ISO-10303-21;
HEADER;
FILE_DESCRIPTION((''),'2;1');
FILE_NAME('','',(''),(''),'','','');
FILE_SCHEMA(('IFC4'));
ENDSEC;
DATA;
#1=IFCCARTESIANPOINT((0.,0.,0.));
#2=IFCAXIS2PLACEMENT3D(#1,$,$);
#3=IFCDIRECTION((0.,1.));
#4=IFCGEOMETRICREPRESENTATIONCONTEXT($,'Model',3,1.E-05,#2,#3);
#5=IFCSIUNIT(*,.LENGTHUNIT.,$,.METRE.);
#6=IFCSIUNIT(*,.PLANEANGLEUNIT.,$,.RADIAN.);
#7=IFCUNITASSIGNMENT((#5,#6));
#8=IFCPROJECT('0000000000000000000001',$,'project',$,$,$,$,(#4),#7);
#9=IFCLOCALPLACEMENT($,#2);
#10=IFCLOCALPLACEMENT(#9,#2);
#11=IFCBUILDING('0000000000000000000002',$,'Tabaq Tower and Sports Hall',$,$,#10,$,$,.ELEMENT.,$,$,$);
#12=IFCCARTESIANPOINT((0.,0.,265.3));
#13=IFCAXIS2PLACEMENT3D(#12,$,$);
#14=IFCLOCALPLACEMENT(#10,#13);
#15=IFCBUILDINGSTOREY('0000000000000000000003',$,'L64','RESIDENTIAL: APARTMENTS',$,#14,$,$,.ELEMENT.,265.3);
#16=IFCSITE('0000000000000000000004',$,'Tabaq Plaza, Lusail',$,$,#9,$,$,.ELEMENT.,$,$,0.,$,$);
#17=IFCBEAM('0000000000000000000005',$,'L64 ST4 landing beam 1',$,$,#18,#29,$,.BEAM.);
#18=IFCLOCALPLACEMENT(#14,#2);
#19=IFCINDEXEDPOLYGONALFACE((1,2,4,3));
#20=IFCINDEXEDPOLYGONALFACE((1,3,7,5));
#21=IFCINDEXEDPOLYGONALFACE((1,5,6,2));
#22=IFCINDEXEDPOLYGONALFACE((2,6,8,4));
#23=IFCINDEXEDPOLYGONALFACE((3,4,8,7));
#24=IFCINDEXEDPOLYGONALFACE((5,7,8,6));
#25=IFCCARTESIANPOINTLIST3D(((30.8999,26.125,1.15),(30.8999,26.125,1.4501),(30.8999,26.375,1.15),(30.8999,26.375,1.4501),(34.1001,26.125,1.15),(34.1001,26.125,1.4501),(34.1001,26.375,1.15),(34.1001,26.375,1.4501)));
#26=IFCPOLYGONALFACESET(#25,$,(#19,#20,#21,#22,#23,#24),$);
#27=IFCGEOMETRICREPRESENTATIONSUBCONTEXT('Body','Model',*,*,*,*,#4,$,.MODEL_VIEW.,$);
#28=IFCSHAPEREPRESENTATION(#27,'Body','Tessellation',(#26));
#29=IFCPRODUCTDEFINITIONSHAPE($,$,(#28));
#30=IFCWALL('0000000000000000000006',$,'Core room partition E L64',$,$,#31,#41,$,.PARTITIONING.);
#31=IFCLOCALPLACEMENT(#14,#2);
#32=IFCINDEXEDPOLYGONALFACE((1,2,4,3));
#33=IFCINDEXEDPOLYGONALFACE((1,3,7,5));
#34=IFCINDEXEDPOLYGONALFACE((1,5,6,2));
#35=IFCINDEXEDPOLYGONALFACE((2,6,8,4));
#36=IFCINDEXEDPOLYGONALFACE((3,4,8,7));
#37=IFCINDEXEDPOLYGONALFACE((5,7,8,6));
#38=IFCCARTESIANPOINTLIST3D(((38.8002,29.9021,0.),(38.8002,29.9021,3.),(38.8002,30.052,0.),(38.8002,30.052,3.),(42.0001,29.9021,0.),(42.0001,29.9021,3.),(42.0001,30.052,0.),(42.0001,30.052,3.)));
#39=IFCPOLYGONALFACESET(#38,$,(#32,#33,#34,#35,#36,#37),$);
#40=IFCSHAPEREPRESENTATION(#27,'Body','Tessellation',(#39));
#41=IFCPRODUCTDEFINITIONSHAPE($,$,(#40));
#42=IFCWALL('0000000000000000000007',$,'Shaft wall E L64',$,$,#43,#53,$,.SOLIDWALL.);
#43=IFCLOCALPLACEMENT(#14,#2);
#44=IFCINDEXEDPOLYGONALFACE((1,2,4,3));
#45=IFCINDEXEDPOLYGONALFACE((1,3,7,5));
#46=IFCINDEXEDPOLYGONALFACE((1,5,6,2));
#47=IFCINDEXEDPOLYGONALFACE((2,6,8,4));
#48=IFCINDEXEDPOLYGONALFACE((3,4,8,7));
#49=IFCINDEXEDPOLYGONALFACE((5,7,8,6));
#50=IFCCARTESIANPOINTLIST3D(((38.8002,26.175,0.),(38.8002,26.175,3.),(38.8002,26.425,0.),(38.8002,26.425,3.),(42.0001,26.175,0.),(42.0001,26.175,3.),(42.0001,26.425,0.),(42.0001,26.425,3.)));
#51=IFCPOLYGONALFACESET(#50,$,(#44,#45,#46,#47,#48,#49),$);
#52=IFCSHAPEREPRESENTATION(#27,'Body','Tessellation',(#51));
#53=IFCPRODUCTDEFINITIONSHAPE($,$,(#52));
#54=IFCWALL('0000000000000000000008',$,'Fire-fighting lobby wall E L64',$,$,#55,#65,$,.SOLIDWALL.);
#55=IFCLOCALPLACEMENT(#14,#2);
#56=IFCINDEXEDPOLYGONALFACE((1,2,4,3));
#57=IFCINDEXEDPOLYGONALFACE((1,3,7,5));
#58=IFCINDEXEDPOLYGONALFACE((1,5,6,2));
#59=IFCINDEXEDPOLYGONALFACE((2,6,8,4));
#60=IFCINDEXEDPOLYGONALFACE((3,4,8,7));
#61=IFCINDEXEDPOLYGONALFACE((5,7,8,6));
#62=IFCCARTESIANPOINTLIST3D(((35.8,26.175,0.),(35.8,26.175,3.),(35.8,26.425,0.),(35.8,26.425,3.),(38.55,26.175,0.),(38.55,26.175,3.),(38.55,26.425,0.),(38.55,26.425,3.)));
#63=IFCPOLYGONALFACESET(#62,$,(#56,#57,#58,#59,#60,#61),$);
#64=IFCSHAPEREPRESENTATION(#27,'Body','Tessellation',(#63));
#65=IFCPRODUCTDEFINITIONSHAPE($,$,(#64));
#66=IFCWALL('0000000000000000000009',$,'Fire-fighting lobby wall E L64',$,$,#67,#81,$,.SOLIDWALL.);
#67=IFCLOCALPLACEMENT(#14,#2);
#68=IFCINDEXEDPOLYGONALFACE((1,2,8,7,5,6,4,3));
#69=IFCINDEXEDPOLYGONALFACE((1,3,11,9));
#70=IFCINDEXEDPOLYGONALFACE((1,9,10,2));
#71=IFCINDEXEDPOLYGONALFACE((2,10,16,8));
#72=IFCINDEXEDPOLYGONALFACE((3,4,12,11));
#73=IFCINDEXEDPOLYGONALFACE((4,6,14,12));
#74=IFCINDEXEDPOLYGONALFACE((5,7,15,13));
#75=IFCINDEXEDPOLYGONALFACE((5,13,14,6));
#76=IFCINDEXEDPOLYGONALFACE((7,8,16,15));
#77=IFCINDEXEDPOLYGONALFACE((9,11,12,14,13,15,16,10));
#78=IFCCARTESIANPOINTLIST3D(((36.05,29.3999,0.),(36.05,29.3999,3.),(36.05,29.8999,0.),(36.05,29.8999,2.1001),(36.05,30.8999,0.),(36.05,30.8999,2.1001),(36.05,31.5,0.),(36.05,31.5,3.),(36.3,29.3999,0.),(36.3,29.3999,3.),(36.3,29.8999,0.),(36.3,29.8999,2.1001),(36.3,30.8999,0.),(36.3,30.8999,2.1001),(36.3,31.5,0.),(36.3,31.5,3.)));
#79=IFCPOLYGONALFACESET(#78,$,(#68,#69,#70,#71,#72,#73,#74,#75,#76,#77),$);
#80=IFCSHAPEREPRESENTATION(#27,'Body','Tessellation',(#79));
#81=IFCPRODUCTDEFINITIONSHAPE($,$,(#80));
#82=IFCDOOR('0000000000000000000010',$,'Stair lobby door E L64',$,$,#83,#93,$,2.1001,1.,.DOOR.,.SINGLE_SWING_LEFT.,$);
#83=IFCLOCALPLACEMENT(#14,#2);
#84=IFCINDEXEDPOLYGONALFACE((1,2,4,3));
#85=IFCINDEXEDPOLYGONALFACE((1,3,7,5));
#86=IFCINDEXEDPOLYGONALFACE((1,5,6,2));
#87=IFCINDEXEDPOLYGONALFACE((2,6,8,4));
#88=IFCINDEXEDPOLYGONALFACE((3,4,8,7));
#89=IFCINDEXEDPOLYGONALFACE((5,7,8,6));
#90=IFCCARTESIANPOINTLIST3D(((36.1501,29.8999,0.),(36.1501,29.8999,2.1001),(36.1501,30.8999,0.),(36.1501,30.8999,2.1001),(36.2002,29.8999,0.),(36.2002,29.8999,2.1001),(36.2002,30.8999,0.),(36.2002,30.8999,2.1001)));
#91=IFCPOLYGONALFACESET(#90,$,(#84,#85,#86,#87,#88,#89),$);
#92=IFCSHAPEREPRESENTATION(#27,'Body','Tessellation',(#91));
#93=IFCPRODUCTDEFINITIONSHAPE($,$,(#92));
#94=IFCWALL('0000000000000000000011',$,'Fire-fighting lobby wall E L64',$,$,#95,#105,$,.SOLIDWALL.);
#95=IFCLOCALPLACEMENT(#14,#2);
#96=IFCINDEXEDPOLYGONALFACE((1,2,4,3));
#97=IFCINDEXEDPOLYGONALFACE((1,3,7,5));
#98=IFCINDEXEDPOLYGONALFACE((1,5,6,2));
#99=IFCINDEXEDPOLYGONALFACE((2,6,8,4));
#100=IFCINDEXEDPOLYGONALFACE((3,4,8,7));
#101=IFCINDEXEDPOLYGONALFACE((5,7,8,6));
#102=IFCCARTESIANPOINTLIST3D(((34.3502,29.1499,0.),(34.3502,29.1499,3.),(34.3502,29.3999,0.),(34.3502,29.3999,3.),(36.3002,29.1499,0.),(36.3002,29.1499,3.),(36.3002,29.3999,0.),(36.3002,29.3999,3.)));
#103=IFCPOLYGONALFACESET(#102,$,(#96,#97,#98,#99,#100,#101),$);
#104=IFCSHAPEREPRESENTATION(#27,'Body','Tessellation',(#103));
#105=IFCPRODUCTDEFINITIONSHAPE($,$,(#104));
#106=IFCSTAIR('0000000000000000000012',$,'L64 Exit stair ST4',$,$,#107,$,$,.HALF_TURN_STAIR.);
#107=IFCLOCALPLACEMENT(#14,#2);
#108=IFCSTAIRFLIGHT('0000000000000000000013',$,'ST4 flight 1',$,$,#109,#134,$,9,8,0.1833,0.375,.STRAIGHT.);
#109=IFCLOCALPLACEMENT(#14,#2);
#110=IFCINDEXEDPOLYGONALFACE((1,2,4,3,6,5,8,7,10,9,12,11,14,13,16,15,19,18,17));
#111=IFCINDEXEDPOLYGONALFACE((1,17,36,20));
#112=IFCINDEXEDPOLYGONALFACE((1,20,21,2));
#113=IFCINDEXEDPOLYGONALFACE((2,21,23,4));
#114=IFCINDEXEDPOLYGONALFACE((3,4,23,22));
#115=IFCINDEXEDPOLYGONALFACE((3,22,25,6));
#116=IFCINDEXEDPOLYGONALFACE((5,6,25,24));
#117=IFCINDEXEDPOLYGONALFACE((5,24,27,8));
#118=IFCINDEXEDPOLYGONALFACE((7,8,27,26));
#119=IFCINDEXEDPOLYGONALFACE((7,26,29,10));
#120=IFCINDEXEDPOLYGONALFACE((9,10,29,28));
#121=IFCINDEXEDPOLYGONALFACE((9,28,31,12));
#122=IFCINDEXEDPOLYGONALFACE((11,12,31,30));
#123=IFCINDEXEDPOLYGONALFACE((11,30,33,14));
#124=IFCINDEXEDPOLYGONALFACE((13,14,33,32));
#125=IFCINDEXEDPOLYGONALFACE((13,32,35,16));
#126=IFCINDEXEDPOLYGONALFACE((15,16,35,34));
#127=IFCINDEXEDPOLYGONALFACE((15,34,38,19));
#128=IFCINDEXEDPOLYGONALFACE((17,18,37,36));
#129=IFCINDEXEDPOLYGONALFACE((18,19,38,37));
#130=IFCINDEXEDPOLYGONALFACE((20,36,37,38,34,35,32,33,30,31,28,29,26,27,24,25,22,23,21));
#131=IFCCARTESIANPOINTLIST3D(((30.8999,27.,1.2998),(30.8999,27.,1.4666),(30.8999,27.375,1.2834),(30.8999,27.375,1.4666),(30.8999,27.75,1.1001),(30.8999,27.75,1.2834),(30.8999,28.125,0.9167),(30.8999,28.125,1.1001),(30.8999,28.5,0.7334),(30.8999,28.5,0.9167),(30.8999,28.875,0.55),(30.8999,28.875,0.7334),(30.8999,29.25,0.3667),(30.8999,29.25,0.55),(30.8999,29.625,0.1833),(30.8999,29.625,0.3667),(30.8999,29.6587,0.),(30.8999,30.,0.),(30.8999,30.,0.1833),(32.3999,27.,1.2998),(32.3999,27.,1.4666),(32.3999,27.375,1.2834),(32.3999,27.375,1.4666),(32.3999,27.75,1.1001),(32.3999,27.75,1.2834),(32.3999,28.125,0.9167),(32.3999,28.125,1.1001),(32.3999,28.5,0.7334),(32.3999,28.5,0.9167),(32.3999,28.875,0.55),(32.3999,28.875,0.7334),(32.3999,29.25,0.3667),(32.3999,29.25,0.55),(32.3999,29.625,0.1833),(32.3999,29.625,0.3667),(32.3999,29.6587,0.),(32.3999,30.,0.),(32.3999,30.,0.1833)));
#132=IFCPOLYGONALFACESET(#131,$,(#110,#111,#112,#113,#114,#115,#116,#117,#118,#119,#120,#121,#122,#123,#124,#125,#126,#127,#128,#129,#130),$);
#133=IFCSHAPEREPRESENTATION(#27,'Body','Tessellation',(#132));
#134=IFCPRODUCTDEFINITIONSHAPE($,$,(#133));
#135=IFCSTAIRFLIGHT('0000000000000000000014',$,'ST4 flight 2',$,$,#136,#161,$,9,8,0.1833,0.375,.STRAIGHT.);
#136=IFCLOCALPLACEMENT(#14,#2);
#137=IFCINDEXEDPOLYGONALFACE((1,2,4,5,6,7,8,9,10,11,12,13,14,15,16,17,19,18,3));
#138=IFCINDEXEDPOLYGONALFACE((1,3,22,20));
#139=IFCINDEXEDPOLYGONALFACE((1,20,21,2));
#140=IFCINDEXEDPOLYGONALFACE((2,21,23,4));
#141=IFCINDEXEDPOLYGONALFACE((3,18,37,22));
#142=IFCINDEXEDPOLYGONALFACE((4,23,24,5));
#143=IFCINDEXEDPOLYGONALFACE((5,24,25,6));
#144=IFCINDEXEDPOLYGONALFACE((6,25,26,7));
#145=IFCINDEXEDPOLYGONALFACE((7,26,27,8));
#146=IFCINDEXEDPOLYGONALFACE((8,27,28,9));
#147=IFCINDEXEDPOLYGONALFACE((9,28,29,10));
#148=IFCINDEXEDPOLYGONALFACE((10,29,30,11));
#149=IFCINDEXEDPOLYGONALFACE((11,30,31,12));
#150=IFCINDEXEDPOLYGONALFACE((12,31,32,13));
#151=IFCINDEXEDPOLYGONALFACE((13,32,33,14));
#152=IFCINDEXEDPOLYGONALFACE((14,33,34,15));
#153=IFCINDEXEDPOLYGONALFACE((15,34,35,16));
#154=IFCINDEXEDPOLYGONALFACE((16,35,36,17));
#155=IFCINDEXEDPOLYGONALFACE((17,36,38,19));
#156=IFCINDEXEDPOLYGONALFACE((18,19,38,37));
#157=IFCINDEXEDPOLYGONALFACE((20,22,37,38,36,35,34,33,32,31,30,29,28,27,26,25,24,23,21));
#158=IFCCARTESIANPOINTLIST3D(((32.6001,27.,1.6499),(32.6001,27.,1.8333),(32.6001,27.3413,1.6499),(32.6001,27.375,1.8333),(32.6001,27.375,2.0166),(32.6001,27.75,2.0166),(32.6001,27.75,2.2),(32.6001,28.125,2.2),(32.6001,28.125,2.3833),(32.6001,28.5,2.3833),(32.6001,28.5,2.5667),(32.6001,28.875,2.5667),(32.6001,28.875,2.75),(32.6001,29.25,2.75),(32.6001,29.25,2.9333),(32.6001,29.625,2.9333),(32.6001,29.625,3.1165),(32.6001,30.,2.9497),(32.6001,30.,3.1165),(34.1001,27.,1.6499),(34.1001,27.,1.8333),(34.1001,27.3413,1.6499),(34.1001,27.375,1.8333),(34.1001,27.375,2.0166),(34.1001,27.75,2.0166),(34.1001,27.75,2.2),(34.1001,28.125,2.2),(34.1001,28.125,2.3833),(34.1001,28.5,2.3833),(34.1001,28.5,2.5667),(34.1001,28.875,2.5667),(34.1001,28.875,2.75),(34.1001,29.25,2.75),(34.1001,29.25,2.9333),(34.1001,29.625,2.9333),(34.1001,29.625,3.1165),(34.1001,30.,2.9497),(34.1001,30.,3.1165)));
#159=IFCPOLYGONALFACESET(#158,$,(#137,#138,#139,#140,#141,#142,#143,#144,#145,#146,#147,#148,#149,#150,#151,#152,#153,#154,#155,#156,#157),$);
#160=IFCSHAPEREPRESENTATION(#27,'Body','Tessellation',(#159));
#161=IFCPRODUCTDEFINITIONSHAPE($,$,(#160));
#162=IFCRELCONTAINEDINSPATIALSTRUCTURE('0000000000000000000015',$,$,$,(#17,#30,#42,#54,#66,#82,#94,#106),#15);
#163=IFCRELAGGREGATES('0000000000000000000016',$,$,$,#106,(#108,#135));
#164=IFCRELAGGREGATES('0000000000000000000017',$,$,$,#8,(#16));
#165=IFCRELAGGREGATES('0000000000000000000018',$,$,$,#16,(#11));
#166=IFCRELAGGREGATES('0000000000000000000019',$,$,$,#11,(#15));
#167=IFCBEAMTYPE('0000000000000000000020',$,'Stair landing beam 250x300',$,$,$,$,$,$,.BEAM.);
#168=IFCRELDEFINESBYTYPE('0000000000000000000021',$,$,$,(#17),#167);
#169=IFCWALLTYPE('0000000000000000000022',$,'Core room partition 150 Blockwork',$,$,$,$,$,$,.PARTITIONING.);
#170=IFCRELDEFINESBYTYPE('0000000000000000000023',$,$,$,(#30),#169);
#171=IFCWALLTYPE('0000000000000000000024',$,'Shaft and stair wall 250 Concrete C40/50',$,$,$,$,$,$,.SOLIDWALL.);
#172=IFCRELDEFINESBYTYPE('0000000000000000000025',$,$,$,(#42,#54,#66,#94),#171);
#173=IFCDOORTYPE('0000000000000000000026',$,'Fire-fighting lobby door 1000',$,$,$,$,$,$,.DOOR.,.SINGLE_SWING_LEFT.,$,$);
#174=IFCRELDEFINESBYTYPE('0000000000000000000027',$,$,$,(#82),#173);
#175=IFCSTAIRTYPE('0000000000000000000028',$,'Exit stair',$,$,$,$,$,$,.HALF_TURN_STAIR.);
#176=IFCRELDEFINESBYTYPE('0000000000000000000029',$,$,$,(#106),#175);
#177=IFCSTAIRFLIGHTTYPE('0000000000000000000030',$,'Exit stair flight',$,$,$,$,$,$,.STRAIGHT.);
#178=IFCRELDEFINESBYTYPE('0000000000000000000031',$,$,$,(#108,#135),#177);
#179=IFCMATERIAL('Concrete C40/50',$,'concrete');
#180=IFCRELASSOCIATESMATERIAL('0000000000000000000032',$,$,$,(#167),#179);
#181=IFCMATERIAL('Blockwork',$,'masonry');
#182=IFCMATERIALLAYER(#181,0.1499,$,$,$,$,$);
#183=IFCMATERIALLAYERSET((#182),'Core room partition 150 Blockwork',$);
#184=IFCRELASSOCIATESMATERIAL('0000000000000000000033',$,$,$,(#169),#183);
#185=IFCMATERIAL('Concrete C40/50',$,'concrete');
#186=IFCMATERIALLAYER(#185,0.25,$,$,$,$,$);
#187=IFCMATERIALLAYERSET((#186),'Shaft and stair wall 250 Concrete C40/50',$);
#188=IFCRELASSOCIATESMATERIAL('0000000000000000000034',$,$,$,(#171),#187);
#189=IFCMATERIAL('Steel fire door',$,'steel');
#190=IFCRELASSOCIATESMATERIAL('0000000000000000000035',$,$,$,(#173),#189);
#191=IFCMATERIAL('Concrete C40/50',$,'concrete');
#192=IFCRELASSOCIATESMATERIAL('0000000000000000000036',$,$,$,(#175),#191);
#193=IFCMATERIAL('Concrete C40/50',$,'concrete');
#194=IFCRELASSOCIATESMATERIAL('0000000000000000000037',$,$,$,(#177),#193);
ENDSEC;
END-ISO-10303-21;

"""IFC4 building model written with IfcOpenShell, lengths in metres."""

from ifc_helpers import new_model, si_unit, direction, frame, frame_2d, origin, origin_2d, place, context, subcontext, project, spatial, polyline, rectangle, outline, extrude, material, layer, layer_set, material_profile, profile_set, type_object, element, fill, aggregate, save


model = new_model("IFC4")

# Units and contexts
model_context = context("Model", 3, precision=1e-05, world=origin(), true_north=direction((0.0, 1.0)))
body_context = subcontext(model_context, "Body", "Model", "MODEL_VIEW")
ifc_project = project(units=[si_unit("LENGTHUNIT", "METRE"), si_unit("PLANEANGLEUNIT", "RADIAN")], contexts=[model_context])

# Site, building, storey
site_placement = place(None, origin())
site = spatial("IfcSite", under=ifc_project, at=site_placement, Name="Tabaq Plaza, Lusail", CompositionType="ELEMENT", RefElevation=0.0)
building_placement = place(site_placement, origin())
building = spatial("IfcBuilding", under=site, at=building_placement, Name="Tabaq Tower and Sports Hall", CompositionType="ELEMENT")
storey_placement = place(building_placement, frame((0.0, 0.0, 265.3)))
storey = spatial("IfcBuildingStorey", under=building, at=storey_placement, Name="L64", Description="RESIDENTIAL: APARTMENTS", CompositionType="ELEMENT", Elevation=265.3)

# Beam
ifc_material_1 = material(Name="Concrete C40/50", Category="concrete")
ifc_material_profile = material_profile(ifc_material_1, rectangle(XDim=0.25, YDim=0.3, at=origin_2d()), Name="RC 250x300")
ifc_profile_set = profile_set([ifc_material_profile], Name="Concrete C40/50")
beam_type = type_object("IfcBeamType", Name="Stair landing beam 250x300", PredefinedType="BEAM", material=ifc_profile_set)
beam_placement = place(storey_placement, frame((30.8999, 26.25, 1.3), z_axis=(1.0, 0.0, 0.0), x_axis=(0.0, 1.0, 0.0)))
element("IfcBeam", 1, at=beam_placement, inside=storey, type_object=beam_type, Name="L64 ST4 landing beam 1", PredefinedType="BEAM", context=body_context, shape_type="SweptSolid", body=[
    extrude(rectangle(XDim=0.25, YDim=0.3, at=origin_2d()), origin(), (0.0, 0.0, 1.0), 3.2002),
])

# Wall
ifc_material_2 = material(Name="Blockwork", Category="masonry")
ifc_layer_1 = layer(ifc_material_2, 0.1499)
ifc_layer_set_1 = layer_set([ifc_layer_1], Name="Core room partition 150 Blockwork")
wall_type_1 = type_object("IfcWallType", Name="Core room partition 150 Blockwork", PredefinedType="PARTITIONING", material=ifc_layer_set_1)
wall_1_placement = place(storey_placement, frame((38.8, 29.9771, 0.0), z_axis=(0.0, 0.0, 1.0), x_axis=(1.0, 0.0, 0.0)))
element("IfcWall", 2, at=wall_1_placement, inside=storey, type_object=wall_type_1, Name="Core room partition E L64", PredefinedType="PARTITIONING", context=body_context, shape_type="SweptSolid", body=[
    extrude(rectangle(XDim=3.2, YDim=0.1499, at=frame_2d((1.6001, 0.0))), origin(), (0.0, 0.0, 1.0), 3.0),
])

# Walls
ifc_material_3 = material(Name="Concrete C40/50", Category="concrete")
ifc_layer_2 = layer(ifc_material_3, 0.25)
ifc_layer_set_2 = layer_set([ifc_layer_2], Name="Shaft and stair wall 250 Concrete C40/50")
wall_type_2 = type_object("IfcWallType", Name="Shaft and stair wall 250 Concrete C40/50", PredefinedType="SOLIDWALL", material=ifc_layer_set_2)
wall_2_placement = place(storey_placement, frame((38.8, 26.3, 0.0), z_axis=(0.0, 0.0, 1.0), x_axis=(1.0, 0.0, 0.0)))
element("IfcWall", 3, at=wall_2_placement, inside=storey, type_object=wall_type_2, Name="Shaft wall E L64", PredefinedType="SOLIDWALL", context=body_context, shape_type="SweptSolid", body=[
    extrude(rectangle(XDim=3.2, YDim=0.25, at=frame_2d((1.6001, 0.0))), origin(), (0.0, 0.0, 1.0), 3.0),
])
wall_3_placement = place(storey_placement, frame((35.8, 26.3, 0.0), z_axis=(0.0, 0.0, 1.0), x_axis=(1.0, 0.0, 0.0)))
element("IfcWall", 4, at=wall_3_placement, inside=storey, type_object=wall_type_2, Name="Fire-fighting lobby wall E L64", PredefinedType="SOLIDWALL", context=body_context, shape_type="SweptSolid", body=[
    extrude(rectangle(XDim=2.75, YDim=0.25, at=frame_2d((1.375, 0.0))), origin(), (0.0, 0.0, 1.0), 3.0),
])

# Wall, opening, door
wall_4_placement = place(storey_placement, frame((36.175, 29.3999, 0.0), z_axis=(0.0, 0.0, 1.0), x_axis=(0.0, 1.0, 0.0)))
wall_4 = element("IfcWall", 5, at=wall_4_placement, inside=storey, type_object=wall_type_2, Name="Fire-fighting lobby wall E L64", PredefinedType="SOLIDWALL", context=body_context, shape_type="SweptSolid", body=[
    extrude(rectangle(XDim=2.1001, YDim=0.25, at=frame_2d((1.05, 0.0))), origin(), (0.0, 0.0, 1.0), 3.0),
])
opening_1_placement = place(wall_4_placement, frame((0.5, 0.0, 0.0)))
opening_1 = element("IfcOpeningElement", 6, at=opening_1_placement, cuts=wall_4, PredefinedType="OPENING", context=body_context, shape_type="SweptSolid", body=[
    extrude(rectangle(XDim=1.0, YDim=2.1001, at=frame_2d((0.5, 1.05))), frame((0.0, 0.125, 0.0), z_axis=(0.0, -1.0, 0.0), x_axis=(1.0, 0.0, 0.0)), (0.0, 0.0, 1.0), 0.25),
])
ifc_material_4 = material(Name="Steel fire door", Category="steel")
door_type_1 = type_object("IfcDoorType", Name="Fire-fighting lobby door 1000", OperationType="SINGLE_SWING_LEFT", PredefinedType="DOOR", material=ifc_material_4)
door_1_placement = place(opening_1_placement, origin())
door_1 = element("IfcDoor", 7, at=door_1_placement, inside=storey, type_object=door_type_1, Name="Stair lobby door E L64", OperationType="SINGLE_SWING_LEFT", OverallHeight=2.1001, OverallWidth=1.0, PredefinedType="DOOR", context=body_context, shape_type="SweptSolid", body=[
    extrude(rectangle(XDim=1.0, YDim=2.1001, at=frame_2d((0.5, 1.05))), frame((0.0, 0.0249, 0.0), z_axis=(0.0, -1.0, 0.0), x_axis=(1.0, 0.0, 0.0)), (0.0, 0.0, 1.0), 0.05),
])
fill(opening_1, door_1)

# Wall
wall_5_placement = place(storey_placement, frame((34.3501, 29.2749, 0.0), z_axis=(0.0, 0.0, 1.0), x_axis=(1.0, 0.0, 0.0)))
element("IfcWall", 8, at=wall_5_placement, inside=storey, type_object=wall_type_2, Name="Fire-fighting lobby wall E L64", PredefinedType="SOLIDWALL", context=body_context, shape_type="SweptSolid", body=[
    extrude(rectangle(XDim=1.95, YDim=0.25, at=frame_2d((0.9751, 0.0))), origin(), (0.0, 0.0, 1.0), 3.0),
])

# Stair, stair flights
ifc_material_5 = material(Name="Concrete C40/50", Category="concrete")
stair_type = type_object("IfcStairType", Name="Exit stair", PredefinedType="HALF_TURN_STAIR", material=ifc_material_5)
stair_placement = place(storey_placement, origin())
stair = element("IfcStair", 9, at=stair_placement, inside=storey, type_object=stair_type, Name="L64 Exit stair ST4", PredefinedType="HALF_TURN_STAIR")
ifc_material_6 = material(Name="Concrete C40/50", Category="concrete")
stair_flight_type = type_object("IfcStairFlightType", Name="Exit stair flight", PredefinedType="STRAIGHT", material=ifc_material_6)
stair_flight_1_placement = place(storey_placement, frame((31.6499, 30.0, 0.0), z_axis=(0.0, 0.0, 1.0), x_axis=(0.0, -1.0, 0.0)))
stair_flight_1 = element("IfcStairFlight", 10, at=stair_flight_1_placement, type_object=stair_flight_type, Name="ST4 flight 1", NumberOfRisers=9, NumberOfTreads=8, PredefinedType="STRAIGHT", RiserHeight=0.1833, TreadLength=0.375, context=body_context, shape_type="SweptSolid", body=[
    extrude(outline(polyline([(0.0, 0.0), (0.0, 0.1833), (0.375, 0.1833), (0.375, 0.3667), (0.75, 0.3667), (0.75, 0.55), (1.125, 0.55), (1.125, 0.7334), (1.5, 0.7334), (1.5, 0.9167), (1.875, 0.9167), (1.875, 1.1001), (2.25, 1.1001), (2.25, 1.2834), (2.625, 1.2834), (2.625, 1.4666), (3.0, 1.4666), (3.0, 1.6499), (3.0, 1.2998), (0.3413, 0.0), (0.0, 0.0)])), frame((0.0, 0.75, 0.0), z_axis=(0.0, -1.0, 0.0), x_axis=(1.0, 0.0, 0.0)), (0.0, 0.0, 1.0), 1.5),
])
stair_flight_2_placement = place(storey_placement, frame((33.3501, 27.0, 1.6499), z_axis=(0.0, 0.0, 1.0), x_axis=(0.0, 1.0, 0.0)))
stair_flight_2 = element("IfcStairFlight", 11, at=stair_flight_2_placement, type_object=stair_flight_type, Name="ST4 flight 2", NumberOfRisers=9, NumberOfTreads=8, PredefinedType="STRAIGHT", RiserHeight=0.1833, TreadLength=0.375, context=body_context, shape_type="SweptSolid", body=[
    extrude(outline(polyline([(0.0, 0.0), (0.0, 0.1833), (0.375, 0.1833), (0.375, 0.3667), (0.75, 0.3667), (0.75, 0.55), (1.125, 0.55), (1.125, 0.7334), (1.5, 0.7334), (1.5, 0.9167), (1.875, 0.9167), (1.875, 1.1001), (2.25, 1.1001), (2.25, 1.2834), (2.625, 1.2834), (2.625, 1.4666), (3.0, 1.4666), (3.0, 1.6499), (3.0, 1.2998), (0.3413, 0.0), (0.0, 0.0)])), frame((0.0, 0.75, 0.0), z_axis=(0.0, -1.0, 0.0), x_axis=(1.0, 0.0, 0.0)), (0.0, 0.0, 1.0), 1.5),
])
aggregate(stair, [stair_flight_1, stair_flight_2])

save(model, "model.ifc")
